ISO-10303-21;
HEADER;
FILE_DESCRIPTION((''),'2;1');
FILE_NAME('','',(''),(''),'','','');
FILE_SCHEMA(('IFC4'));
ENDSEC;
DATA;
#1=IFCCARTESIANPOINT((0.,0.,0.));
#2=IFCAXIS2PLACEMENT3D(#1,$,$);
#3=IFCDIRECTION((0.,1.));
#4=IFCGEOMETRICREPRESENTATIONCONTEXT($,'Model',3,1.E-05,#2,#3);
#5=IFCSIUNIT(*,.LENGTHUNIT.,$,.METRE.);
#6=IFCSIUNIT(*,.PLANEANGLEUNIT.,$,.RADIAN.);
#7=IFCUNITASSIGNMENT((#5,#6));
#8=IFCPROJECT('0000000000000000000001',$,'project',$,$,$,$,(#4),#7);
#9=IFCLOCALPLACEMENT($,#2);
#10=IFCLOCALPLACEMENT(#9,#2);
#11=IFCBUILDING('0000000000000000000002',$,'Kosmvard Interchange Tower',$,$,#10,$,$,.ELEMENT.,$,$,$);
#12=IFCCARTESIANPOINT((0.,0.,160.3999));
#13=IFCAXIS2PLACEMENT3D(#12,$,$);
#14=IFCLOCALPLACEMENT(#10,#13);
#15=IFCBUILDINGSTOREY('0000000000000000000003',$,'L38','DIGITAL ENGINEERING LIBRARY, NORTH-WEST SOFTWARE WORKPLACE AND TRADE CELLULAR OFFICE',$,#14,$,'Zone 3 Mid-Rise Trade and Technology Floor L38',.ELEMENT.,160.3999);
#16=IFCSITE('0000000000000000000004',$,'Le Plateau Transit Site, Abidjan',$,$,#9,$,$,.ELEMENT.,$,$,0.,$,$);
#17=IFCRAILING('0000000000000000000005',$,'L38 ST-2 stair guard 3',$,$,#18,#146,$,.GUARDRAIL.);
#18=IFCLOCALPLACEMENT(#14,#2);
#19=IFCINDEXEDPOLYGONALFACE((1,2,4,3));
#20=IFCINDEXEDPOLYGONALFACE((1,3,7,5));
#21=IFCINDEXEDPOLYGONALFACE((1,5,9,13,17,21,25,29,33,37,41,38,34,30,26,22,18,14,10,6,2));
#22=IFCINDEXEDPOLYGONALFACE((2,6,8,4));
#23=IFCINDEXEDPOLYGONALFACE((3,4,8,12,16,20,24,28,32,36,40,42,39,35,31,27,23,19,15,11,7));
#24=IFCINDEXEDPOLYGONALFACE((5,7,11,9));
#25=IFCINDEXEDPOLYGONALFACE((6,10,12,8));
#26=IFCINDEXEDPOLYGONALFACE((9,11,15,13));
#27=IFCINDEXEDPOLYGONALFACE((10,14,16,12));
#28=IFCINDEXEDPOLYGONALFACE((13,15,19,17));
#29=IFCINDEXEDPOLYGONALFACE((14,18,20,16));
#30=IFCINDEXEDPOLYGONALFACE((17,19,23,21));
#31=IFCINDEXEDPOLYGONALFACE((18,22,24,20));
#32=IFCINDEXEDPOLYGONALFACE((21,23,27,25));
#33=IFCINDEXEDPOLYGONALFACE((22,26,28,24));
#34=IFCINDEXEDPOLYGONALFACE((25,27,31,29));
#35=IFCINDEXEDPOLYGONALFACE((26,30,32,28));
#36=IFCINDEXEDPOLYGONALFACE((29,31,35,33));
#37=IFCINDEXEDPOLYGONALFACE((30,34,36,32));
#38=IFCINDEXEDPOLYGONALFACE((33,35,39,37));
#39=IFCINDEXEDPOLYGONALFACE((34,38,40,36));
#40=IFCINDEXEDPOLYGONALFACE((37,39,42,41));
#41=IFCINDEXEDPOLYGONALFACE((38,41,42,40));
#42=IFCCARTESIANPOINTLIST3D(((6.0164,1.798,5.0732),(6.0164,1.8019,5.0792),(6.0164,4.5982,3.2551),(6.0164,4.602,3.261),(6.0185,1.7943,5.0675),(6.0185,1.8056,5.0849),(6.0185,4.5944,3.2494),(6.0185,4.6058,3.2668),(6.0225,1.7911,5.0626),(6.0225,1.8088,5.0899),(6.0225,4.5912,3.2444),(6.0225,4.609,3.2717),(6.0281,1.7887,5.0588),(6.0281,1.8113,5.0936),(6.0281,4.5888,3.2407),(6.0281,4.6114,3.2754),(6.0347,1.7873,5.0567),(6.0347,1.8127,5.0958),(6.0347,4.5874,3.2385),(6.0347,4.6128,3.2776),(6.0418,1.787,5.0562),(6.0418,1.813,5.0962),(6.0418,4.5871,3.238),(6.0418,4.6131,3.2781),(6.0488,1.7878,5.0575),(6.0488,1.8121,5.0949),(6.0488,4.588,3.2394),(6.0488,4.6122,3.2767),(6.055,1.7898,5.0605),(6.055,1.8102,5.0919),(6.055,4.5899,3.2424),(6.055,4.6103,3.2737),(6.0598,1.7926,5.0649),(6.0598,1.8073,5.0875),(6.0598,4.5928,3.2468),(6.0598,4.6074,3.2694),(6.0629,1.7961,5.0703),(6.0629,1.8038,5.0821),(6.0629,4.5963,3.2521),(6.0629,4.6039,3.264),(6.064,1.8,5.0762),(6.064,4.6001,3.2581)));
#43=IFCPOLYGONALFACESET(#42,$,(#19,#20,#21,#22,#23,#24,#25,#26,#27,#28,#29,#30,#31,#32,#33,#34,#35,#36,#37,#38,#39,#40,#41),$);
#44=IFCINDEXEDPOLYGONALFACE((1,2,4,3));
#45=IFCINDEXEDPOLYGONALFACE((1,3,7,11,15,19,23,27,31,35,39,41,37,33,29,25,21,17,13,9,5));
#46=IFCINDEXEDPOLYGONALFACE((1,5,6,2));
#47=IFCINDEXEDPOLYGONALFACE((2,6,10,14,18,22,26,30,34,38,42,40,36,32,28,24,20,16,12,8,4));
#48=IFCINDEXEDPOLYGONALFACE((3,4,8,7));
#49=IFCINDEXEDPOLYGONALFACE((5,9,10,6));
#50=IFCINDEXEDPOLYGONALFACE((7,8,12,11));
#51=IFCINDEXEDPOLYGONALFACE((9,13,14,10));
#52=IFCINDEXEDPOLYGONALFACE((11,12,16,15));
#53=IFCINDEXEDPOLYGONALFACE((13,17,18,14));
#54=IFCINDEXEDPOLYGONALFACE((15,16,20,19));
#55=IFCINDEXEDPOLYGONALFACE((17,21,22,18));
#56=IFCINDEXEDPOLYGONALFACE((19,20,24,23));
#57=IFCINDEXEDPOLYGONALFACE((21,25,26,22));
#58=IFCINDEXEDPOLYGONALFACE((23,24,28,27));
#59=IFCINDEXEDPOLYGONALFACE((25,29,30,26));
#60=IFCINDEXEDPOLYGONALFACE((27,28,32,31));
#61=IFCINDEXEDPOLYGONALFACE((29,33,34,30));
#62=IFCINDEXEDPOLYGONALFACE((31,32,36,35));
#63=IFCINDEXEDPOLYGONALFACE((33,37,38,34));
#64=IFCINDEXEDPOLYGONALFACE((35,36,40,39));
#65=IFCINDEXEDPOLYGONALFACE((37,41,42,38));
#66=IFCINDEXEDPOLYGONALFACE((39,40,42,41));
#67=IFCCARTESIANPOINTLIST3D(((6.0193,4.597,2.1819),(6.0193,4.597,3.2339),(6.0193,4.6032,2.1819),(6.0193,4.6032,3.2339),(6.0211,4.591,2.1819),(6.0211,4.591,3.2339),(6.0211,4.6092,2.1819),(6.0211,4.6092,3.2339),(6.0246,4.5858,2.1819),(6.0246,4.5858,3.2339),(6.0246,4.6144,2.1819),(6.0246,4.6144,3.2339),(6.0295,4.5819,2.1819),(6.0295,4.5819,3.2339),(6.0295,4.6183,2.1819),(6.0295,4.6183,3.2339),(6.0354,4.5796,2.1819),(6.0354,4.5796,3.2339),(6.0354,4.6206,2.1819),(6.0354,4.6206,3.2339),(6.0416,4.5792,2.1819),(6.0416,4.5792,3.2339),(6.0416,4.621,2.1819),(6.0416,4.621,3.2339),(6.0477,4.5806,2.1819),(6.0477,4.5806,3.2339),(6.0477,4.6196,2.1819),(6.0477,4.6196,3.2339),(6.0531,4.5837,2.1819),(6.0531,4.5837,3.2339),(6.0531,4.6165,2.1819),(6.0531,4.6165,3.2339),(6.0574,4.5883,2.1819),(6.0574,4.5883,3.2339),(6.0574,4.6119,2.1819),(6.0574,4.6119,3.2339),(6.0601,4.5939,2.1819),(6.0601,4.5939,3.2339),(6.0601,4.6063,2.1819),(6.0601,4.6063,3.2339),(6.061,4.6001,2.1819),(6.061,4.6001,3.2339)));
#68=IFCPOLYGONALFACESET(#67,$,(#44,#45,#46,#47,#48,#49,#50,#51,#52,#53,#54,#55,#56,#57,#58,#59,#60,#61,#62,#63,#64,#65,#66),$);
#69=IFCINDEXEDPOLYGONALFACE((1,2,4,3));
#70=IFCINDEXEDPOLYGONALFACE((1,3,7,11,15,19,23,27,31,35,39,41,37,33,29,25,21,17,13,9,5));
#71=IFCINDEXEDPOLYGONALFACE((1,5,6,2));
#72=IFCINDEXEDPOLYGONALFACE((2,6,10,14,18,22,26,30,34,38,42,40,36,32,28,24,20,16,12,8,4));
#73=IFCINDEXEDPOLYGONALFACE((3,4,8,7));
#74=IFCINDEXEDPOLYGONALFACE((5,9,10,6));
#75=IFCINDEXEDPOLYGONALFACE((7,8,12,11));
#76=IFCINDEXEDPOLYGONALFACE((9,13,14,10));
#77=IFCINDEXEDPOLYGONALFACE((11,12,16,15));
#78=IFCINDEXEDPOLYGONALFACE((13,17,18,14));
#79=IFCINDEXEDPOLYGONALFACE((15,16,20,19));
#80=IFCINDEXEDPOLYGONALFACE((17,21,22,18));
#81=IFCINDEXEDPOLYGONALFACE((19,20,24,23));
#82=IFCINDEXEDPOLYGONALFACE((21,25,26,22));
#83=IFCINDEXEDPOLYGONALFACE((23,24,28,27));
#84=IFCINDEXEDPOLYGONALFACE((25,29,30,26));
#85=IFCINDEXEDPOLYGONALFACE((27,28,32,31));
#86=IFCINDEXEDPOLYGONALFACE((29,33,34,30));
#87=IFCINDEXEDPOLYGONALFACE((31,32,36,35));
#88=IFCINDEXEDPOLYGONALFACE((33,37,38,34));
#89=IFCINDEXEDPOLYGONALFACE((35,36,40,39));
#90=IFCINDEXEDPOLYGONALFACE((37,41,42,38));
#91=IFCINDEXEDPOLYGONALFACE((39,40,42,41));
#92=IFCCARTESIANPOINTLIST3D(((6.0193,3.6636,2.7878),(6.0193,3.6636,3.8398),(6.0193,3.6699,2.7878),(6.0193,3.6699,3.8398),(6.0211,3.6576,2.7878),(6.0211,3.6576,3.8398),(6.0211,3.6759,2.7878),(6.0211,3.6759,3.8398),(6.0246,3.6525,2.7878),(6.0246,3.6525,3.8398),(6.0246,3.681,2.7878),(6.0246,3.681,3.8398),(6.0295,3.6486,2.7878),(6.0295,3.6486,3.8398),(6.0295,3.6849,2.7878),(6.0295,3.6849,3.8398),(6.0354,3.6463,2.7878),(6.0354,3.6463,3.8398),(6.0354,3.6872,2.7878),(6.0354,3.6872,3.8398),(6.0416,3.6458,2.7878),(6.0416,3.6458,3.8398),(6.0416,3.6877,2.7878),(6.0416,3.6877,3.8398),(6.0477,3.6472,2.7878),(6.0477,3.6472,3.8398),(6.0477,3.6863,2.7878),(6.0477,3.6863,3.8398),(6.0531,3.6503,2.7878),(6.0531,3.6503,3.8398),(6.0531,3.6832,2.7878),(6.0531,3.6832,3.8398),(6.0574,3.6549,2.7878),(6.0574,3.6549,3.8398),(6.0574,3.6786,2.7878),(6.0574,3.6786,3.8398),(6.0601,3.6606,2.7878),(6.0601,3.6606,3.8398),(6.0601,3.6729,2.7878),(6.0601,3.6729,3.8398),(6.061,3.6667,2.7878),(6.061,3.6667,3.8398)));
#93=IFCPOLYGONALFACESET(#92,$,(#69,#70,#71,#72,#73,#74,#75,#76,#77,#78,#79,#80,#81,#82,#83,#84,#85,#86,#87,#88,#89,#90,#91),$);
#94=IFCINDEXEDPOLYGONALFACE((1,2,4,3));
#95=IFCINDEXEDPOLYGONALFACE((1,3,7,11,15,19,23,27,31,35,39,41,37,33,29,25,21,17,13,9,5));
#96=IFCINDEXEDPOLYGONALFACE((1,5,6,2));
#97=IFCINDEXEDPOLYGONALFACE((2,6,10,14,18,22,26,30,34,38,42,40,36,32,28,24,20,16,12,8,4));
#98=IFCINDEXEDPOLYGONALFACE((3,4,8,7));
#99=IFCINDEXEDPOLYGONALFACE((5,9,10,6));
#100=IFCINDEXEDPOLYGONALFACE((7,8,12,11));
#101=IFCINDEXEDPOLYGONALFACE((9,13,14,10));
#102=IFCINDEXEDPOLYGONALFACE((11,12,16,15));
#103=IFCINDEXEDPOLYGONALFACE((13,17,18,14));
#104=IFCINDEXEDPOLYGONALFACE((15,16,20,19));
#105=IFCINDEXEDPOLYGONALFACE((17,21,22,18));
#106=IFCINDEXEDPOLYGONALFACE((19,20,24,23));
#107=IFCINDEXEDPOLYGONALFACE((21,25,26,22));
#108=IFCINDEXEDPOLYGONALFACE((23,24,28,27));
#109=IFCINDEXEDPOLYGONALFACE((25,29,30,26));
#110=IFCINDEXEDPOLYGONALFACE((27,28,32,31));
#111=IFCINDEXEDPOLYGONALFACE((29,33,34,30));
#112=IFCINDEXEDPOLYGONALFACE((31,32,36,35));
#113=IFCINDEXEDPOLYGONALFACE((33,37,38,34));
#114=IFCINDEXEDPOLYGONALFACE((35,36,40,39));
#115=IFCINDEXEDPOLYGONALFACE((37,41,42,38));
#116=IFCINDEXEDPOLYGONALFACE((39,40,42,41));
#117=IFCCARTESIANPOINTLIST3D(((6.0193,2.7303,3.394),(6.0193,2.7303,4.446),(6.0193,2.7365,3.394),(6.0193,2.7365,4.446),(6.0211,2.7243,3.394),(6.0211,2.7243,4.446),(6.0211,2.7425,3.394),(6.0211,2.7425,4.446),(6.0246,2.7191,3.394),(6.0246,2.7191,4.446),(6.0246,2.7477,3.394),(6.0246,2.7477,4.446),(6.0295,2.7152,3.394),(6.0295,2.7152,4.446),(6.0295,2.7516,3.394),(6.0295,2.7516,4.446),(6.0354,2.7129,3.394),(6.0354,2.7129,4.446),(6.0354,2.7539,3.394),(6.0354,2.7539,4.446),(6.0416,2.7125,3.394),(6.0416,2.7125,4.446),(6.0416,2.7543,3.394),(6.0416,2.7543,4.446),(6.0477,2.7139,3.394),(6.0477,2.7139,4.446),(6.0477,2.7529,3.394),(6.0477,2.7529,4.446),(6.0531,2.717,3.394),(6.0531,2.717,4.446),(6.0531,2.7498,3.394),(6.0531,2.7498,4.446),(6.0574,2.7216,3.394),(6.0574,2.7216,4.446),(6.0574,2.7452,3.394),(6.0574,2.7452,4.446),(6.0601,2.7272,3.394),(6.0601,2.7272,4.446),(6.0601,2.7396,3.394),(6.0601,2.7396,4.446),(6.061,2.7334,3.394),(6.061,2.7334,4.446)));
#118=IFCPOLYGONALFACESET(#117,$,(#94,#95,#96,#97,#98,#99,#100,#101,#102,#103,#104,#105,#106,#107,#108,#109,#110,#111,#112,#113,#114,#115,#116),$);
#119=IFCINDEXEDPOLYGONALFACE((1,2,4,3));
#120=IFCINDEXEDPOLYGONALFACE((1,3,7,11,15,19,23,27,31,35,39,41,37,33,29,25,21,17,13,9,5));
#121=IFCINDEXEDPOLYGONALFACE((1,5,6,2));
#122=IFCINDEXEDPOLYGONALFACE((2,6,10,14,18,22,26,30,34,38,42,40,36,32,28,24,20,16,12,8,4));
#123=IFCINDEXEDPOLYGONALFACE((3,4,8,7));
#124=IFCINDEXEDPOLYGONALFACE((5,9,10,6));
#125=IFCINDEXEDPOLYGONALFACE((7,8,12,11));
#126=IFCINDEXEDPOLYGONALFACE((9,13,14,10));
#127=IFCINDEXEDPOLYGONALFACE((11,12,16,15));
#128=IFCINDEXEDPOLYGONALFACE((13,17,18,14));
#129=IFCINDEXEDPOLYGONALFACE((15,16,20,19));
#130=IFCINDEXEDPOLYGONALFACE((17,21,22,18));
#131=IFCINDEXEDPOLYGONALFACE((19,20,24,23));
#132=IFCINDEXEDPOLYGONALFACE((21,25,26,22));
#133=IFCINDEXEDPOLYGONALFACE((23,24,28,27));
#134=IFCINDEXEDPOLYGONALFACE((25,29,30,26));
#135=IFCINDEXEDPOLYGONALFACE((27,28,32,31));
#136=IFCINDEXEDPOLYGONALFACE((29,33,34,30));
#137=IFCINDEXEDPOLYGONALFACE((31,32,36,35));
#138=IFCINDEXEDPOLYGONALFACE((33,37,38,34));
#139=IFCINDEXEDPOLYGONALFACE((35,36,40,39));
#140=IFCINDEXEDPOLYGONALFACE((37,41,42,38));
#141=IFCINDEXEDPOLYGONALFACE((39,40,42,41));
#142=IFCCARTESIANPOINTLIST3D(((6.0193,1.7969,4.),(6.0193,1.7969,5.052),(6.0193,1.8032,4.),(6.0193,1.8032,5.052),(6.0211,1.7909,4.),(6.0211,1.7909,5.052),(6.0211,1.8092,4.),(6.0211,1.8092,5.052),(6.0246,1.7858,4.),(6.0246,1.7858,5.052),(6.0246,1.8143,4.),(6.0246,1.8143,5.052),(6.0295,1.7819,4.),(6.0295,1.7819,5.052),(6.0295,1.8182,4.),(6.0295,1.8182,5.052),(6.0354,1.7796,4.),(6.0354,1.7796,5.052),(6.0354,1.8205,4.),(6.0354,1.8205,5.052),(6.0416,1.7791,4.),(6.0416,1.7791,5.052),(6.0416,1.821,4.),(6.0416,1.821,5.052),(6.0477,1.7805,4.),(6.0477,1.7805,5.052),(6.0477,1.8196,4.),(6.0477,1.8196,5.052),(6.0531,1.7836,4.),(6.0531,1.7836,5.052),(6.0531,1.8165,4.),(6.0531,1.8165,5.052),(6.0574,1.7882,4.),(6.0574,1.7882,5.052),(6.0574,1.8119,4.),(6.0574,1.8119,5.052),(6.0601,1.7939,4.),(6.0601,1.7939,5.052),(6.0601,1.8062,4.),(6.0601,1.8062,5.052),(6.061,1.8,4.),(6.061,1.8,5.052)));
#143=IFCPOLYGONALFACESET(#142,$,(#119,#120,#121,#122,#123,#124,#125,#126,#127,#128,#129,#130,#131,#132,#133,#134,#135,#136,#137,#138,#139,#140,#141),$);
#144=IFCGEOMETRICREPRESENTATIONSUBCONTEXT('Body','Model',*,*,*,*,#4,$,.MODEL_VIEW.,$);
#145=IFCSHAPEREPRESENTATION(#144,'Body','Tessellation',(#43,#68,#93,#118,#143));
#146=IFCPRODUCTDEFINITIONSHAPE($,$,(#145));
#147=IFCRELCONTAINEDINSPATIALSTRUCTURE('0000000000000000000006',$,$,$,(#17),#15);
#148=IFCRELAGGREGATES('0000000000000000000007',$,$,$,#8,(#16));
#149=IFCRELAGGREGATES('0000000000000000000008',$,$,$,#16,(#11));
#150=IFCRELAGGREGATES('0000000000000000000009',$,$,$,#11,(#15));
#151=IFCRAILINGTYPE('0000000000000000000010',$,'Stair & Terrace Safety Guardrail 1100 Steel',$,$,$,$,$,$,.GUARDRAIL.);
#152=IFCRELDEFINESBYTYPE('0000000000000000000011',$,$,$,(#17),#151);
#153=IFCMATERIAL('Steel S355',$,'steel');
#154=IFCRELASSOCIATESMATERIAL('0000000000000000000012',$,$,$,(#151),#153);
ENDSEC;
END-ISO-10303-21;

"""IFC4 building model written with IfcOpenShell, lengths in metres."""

from ifc_helpers import new_model, si_unit, direction, frame, origin, origin_2d, place, context, subcontext, project, spatial, circle, extrude, source, transform, mapped, material, type_object, element, save


model = new_model("IFC4")

# Units and contexts
model_context = context("Model", 3, precision=1e-05, world=origin(), true_north=direction((0.0, 1.0)))
body_context = subcontext(model_context, "Body", "Model", "MODEL_VIEW")
ifc_project = project(units=[si_unit("LENGTHUNIT", "METRE"), si_unit("PLANEANGLEUNIT", "RADIAN")], contexts=[model_context])

# Site, building, storey
site_placement = place(None, origin())
site = spatial("IfcSite", under=ifc_project, at=site_placement, Name="Le Plateau Transit Site, Abidjan", CompositionType="ELEMENT", RefElevation=0.0)
building_placement = place(site_placement, origin())
building = spatial("IfcBuilding", under=site, at=building_placement, Name="Kosmvard Interchange Tower", CompositionType="ELEMENT")
storey_placement = place(building_placement, frame((0.0, 0.0, 160.3999)))
storey = spatial("IfcBuildingStorey", under=building, at=storey_placement, Name="L38", Description="DIGITAL ENGINEERING LIBRARY, NORTH-WEST SOFTWARE WORKPLACE AND TRADE CELLULAR OFFICE", LongName="Zone 3 Mid-Rise Trade and Technology Floor L38", CompositionType="ELEMENT", Elevation=160.3999)

# Shared definitions
ifc_material_1 = material(Name="Steel S355", Category="steel")

# Railing
railing_type_1 = type_object("IfcRailingType", Name="Stair & Terrace Safety Guardrail 1100 Steel", PredefinedType="GUARDRAIL", material=ifc_material_1)
shared_shape_1 = source(origin(), body_context, "Body", "SweptSolid", [
    extrude(circle(Radius=0.0239, at=origin_2d()), frame((0.0, 0.0, 1.0762), z_axis=(0.0, -0.838706, 0.544585), x_axis=(1.0, 0.0, 0.0)), (0.0, 0.0, 1.0), 3.3386),
    extrude(circle(Radius=0.021, at=origin_2d()), origin(), (0.0, 0.0, 1.0), 1.052),
    extrude(circle(Radius=0.021, at=origin_2d()), frame((0.0, -0.9333, 0.606)), (0.0, 0.0, 1.0), 1.052),
    extrude(circle(Radius=0.021, at=origin_2d()), frame((0.0, -1.8667, 1.2122)), (0.0, 0.0, 1.0), 1.052),
    extrude(circle(Radius=0.021, at=origin_2d()), frame((0.0, -2.8, 1.8181)), (0.0, 0.0, 1.0), 1.052),
])
railing_1_placement = place(storey_placement, frame((6.04, 4.6001, 2.1819)))
element("IfcRailing", 1, at=railing_1_placement, inside=storey, type_object=railing_type_1, Name="L38 ST-2 stair guard 3", PredefinedType="GUARDRAIL", context=body_context, shape_type="MappedRepresentation", body=[
    mapped(shared_shape_1, transform((0.0, 0.0, 0.0), scale=1.0)),
])

save(model, "model.ifc")
